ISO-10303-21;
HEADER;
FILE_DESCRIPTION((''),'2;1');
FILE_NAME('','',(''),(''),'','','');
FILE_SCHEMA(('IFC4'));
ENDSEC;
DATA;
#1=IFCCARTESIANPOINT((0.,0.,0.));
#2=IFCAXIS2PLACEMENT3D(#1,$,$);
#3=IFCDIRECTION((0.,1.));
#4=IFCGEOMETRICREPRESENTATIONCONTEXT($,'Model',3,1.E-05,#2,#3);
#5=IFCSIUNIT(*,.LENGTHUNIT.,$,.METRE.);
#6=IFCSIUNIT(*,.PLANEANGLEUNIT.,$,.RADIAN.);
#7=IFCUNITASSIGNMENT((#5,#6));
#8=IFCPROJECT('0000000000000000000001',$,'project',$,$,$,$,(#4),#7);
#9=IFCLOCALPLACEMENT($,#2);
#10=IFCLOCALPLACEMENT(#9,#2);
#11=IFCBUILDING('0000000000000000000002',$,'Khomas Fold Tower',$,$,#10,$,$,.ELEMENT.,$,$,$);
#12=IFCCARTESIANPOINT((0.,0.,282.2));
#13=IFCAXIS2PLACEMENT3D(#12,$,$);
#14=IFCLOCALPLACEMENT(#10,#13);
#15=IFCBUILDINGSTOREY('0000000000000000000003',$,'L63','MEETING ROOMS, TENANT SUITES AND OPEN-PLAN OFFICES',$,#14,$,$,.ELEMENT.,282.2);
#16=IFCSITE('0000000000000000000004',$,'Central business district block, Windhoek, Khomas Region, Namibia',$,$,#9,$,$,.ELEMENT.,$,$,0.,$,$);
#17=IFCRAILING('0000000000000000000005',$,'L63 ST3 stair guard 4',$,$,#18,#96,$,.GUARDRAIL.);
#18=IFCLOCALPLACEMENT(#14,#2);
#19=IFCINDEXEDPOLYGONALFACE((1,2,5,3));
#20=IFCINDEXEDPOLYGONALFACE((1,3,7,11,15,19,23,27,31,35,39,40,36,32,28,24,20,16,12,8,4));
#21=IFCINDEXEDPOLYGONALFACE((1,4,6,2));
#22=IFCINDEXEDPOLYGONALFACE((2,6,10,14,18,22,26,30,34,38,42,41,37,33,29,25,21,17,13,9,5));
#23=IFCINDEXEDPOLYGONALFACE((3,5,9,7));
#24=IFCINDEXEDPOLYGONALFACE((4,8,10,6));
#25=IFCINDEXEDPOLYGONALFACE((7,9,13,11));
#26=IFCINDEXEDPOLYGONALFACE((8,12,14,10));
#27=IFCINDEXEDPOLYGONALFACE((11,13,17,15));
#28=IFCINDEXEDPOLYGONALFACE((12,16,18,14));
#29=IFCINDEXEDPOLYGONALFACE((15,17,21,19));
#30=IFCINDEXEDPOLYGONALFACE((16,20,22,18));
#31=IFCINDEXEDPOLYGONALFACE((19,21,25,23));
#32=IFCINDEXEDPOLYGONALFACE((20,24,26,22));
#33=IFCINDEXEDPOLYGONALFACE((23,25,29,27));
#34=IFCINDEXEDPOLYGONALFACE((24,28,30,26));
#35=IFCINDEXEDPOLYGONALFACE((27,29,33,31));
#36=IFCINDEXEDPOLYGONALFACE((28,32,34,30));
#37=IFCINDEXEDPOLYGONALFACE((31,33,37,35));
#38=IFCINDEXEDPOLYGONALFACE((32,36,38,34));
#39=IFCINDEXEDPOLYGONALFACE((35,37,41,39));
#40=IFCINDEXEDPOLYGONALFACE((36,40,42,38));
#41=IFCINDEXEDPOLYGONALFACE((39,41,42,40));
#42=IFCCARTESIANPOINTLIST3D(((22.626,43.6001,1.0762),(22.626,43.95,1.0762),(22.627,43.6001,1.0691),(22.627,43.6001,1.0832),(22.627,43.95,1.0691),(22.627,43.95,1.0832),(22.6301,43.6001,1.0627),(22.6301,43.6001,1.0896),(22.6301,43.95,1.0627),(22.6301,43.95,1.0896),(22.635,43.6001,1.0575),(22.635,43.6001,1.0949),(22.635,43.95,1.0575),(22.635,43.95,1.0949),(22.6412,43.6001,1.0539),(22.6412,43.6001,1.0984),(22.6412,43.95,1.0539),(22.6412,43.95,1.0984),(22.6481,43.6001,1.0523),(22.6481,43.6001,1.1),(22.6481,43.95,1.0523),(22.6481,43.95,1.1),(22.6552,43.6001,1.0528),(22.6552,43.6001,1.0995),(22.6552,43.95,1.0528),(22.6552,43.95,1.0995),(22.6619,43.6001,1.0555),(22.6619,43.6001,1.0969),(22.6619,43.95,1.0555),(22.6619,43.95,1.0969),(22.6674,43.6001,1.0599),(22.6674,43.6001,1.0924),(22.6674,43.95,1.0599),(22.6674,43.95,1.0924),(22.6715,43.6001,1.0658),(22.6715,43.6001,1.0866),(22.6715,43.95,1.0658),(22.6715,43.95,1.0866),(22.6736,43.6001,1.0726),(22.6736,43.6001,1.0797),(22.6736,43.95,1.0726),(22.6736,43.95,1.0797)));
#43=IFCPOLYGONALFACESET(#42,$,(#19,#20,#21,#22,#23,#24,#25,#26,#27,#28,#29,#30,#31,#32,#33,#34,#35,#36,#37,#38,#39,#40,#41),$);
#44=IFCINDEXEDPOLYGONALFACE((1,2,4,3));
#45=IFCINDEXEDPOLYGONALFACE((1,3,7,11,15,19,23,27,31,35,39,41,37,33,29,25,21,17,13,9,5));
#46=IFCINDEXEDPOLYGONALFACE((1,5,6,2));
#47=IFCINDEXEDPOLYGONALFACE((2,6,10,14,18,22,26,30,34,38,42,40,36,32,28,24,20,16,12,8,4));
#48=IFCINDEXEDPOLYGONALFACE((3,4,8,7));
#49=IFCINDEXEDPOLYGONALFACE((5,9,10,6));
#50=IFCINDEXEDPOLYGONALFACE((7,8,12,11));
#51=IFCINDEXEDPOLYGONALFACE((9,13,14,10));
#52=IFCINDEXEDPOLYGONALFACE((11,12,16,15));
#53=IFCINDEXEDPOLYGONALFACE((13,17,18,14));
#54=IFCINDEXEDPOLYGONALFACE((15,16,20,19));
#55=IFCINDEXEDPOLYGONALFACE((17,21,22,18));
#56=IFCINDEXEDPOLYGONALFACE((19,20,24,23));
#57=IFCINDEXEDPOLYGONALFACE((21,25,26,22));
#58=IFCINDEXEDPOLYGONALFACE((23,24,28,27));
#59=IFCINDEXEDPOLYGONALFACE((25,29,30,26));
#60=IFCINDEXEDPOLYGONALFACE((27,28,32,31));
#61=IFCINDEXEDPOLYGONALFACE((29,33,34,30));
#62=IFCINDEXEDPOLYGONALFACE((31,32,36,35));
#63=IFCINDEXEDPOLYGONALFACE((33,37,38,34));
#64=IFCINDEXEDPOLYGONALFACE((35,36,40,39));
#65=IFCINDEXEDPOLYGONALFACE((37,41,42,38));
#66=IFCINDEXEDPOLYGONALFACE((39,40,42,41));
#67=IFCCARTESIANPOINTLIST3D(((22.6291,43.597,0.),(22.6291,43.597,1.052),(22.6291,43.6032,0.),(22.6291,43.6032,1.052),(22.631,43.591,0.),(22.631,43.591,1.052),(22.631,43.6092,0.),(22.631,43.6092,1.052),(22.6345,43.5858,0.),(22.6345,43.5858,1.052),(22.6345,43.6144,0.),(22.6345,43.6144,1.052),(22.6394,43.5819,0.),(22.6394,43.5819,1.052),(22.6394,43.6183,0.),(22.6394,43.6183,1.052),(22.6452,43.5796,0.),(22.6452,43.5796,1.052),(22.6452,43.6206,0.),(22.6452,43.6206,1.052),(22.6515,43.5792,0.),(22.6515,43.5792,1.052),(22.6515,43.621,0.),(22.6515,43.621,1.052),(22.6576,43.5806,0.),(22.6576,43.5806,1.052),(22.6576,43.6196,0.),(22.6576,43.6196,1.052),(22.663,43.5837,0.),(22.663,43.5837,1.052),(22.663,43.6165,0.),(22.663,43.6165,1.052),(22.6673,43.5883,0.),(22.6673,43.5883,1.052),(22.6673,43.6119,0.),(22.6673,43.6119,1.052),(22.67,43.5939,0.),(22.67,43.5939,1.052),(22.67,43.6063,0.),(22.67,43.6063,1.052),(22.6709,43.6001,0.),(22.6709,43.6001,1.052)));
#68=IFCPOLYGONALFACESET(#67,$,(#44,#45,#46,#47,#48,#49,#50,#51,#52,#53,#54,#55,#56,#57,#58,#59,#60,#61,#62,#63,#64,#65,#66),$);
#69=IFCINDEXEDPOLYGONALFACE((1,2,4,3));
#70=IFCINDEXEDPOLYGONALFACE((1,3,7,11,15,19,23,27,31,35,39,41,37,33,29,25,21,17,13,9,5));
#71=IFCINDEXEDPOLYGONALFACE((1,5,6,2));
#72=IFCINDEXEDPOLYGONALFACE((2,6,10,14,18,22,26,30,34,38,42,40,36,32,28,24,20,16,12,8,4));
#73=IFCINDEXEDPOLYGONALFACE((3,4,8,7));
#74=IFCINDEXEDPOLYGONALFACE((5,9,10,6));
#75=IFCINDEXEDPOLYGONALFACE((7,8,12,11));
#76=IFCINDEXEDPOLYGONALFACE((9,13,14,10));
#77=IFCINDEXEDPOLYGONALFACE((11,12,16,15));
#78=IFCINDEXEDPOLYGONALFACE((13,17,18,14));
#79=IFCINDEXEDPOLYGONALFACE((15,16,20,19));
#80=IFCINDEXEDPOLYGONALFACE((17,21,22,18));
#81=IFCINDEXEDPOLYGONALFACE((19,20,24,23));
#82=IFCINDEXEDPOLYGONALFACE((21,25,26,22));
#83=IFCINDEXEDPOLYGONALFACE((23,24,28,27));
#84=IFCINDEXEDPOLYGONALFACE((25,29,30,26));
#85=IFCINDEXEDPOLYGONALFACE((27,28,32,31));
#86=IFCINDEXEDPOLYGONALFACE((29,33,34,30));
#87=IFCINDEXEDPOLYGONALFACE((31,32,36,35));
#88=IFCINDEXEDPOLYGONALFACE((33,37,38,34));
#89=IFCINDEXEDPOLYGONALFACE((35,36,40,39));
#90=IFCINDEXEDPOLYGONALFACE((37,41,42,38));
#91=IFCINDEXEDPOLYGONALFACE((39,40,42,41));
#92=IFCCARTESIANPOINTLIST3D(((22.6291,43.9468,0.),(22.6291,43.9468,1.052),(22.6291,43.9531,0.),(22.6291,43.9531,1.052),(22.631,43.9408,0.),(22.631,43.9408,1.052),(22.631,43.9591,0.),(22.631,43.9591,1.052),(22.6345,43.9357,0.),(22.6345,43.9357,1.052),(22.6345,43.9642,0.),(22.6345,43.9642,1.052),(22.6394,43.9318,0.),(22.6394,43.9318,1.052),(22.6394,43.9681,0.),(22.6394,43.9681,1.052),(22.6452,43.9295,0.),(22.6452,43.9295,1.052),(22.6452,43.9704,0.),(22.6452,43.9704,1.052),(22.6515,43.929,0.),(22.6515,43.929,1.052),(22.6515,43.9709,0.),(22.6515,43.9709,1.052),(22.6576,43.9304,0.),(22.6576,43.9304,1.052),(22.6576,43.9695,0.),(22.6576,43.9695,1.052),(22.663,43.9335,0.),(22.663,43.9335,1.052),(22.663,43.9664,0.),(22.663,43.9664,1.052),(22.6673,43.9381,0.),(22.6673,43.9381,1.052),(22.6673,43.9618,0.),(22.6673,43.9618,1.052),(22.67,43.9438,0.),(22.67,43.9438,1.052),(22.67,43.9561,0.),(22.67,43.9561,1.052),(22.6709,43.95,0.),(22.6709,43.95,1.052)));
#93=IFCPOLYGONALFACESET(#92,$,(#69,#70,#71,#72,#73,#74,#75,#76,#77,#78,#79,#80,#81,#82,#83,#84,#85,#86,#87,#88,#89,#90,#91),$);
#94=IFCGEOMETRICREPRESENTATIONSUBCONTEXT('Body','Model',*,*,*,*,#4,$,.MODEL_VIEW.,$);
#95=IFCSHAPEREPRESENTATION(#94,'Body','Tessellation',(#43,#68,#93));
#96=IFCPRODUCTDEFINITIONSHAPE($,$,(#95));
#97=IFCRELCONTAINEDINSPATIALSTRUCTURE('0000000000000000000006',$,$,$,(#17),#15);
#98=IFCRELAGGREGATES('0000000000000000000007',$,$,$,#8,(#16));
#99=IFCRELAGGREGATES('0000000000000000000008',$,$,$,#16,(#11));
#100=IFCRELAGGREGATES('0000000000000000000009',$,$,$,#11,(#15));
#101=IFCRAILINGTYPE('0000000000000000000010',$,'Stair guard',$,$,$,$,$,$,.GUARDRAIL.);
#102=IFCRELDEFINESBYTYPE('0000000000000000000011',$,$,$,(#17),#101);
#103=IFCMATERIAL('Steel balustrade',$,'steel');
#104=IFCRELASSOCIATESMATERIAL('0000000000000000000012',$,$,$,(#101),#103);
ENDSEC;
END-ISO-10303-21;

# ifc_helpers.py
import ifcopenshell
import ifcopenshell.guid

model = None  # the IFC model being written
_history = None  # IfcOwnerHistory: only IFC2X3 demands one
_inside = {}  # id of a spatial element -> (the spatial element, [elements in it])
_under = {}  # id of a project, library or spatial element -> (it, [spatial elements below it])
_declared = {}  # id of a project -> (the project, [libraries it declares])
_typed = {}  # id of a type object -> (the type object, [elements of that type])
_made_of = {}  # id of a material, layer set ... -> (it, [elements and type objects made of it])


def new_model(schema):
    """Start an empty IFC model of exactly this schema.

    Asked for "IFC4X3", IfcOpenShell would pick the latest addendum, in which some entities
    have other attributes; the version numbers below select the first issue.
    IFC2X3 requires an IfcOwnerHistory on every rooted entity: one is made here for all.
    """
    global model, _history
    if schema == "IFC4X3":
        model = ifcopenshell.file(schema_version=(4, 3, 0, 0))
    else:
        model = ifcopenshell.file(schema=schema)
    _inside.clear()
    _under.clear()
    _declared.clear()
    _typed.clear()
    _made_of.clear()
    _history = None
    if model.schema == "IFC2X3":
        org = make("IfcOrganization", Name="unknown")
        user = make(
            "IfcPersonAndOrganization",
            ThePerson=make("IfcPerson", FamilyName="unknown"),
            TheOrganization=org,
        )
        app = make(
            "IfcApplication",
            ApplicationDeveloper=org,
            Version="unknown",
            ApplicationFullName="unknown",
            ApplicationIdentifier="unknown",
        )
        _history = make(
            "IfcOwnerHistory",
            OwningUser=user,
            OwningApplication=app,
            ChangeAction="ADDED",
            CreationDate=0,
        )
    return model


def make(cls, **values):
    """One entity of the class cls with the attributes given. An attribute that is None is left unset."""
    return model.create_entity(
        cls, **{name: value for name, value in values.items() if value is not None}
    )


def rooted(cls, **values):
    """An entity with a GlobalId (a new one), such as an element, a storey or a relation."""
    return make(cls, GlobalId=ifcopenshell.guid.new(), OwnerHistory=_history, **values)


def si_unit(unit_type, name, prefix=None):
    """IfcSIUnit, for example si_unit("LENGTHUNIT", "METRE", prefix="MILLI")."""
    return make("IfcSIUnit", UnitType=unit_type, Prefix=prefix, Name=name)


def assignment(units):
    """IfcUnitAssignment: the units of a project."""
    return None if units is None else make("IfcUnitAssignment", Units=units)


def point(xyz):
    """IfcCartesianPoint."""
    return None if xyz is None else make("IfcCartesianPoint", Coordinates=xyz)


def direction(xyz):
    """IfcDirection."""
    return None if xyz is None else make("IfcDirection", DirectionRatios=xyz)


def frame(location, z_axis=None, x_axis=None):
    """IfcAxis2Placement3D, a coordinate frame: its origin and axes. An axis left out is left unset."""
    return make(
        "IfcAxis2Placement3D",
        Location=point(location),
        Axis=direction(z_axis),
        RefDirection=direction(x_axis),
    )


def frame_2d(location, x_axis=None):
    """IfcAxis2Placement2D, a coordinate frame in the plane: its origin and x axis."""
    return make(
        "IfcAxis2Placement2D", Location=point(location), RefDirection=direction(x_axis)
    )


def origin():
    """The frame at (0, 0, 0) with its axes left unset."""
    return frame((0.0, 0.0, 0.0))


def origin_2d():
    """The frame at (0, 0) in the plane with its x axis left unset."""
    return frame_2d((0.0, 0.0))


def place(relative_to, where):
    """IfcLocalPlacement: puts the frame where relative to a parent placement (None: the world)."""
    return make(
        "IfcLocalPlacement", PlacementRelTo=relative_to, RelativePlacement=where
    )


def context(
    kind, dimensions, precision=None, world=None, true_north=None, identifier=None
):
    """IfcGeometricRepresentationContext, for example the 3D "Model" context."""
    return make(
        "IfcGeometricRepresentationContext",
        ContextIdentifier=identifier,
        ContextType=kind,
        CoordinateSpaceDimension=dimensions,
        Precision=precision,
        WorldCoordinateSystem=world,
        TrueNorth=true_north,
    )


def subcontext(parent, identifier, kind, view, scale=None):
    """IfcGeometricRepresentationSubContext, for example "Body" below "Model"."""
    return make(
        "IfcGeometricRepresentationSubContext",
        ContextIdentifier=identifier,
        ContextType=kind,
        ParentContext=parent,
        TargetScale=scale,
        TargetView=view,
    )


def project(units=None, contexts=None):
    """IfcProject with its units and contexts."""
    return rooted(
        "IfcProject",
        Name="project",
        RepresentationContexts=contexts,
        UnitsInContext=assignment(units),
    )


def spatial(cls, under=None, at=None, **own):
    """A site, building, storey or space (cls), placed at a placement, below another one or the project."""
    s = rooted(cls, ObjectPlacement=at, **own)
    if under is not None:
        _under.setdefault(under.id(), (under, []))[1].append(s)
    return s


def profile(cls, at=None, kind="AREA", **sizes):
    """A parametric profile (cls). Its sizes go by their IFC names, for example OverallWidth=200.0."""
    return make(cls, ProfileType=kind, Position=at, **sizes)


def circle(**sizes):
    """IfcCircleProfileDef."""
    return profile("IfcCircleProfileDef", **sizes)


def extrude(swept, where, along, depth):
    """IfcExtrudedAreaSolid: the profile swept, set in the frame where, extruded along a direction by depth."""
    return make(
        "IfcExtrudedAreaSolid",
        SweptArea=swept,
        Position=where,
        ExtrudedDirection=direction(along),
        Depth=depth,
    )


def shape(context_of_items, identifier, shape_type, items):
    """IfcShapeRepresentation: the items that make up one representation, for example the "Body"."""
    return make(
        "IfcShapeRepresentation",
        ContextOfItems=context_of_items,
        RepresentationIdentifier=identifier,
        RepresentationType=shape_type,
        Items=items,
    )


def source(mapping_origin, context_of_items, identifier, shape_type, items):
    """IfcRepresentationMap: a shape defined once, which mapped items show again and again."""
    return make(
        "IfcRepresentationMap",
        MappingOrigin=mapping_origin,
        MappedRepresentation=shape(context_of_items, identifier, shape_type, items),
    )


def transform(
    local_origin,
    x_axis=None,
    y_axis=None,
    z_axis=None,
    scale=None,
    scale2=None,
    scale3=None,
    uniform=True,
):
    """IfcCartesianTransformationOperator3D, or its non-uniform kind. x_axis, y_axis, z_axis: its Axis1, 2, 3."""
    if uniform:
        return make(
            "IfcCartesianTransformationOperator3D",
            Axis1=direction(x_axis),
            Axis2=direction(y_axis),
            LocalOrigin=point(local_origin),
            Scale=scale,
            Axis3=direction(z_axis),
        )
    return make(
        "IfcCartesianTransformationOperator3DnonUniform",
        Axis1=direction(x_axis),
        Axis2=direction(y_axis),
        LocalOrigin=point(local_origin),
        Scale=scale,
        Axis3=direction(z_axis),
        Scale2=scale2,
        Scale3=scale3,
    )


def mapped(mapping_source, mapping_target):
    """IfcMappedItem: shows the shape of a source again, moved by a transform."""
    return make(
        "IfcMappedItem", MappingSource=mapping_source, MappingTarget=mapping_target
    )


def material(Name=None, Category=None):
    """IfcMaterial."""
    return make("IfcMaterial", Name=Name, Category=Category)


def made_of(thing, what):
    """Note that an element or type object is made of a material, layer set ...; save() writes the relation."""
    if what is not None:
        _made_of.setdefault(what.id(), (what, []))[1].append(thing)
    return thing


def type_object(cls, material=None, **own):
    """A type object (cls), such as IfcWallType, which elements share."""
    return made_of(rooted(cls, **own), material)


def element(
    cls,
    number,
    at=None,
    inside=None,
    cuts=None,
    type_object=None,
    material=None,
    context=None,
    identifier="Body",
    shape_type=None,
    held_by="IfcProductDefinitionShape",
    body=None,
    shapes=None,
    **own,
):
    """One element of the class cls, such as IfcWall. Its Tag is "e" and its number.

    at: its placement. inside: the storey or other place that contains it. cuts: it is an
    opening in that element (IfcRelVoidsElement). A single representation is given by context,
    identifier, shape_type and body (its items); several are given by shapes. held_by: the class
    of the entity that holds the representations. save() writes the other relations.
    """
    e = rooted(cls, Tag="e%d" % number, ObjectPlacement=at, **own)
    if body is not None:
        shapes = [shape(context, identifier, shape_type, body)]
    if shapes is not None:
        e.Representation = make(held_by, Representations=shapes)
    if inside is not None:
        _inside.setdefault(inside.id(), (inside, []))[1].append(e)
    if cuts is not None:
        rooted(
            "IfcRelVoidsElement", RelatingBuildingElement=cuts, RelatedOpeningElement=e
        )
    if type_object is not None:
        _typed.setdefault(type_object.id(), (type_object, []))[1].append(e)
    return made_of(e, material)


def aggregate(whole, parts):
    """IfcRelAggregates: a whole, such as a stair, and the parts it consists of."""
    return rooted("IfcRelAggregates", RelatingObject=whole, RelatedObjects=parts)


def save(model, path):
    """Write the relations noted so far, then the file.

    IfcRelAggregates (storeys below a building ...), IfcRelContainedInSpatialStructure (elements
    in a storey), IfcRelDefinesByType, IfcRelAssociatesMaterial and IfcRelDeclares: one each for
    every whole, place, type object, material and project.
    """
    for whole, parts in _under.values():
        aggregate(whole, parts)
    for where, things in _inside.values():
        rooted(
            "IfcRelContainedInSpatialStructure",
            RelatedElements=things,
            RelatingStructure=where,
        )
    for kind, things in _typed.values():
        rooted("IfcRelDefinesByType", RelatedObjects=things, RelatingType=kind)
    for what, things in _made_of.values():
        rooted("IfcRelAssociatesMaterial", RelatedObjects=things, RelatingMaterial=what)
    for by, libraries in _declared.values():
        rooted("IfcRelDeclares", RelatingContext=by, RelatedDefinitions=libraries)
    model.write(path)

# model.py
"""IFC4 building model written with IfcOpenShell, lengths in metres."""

from ifc_helpers import new_model, si_unit, direction, frame, origin, origin_2d, place, context, subcontext, project, spatial, circle, extrude, source, transform, mapped, material, type_object, element, save


model = new_model("IFC4")

# Units and contexts
model_context = context("Model", 3, precision=1e-05, world=origin(), true_north=direction((0.0, 1.0)))
body_context = subcontext(model_context, "Body", "Model", "MODEL_VIEW")
ifc_project = project(units=[si_unit("LENGTHUNIT", "METRE"), si_unit("PLANEANGLEUNIT", "RADIAN")], contexts=[model_context])

# Site, building, storey
site_placement = place(None, origin())
site = spatial("IfcSite", under=ifc_project, at=site_placement, Name="Central business district block, Windhoek, Khomas Region, Namibia", CompositionType="ELEMENT", RefElevation=0.0)
building_placement = place(site_placement, origin())
building = spatial("IfcBuilding", under=site, at=building_placement, Name="Khomas Fold Tower", CompositionType="ELEMENT")
storey_placement = place(building_placement, frame((0.0, 0.0, 282.2)))
storey = spatial("IfcBuildingStorey", under=building, at=storey_placement, Name="L63", Description="MEETING ROOMS, TENANT SUITES AND OPEN-PLAN OFFICES", CompositionType="ELEMENT", Elevation=282.2)

# Railing
ifc_material_1 = material(Name="Steel balustrade", Category="steel")
railing_type_1 = type_object("IfcRailingType", Name="Stair guard", PredefinedType="GUARDRAIL", material=ifc_material_1)
shared_shape_1 = source(origin(), body_context, "Body", "SweptSolid", [
    extrude(circle(Radius=0.0239, at=origin_2d()), frame((0.0, 0.0, 1.0762), z_axis=(0.0, 1.0, 0.0), x_axis=(-1.0, 0.0, 0.0)), (0.0, 0.0, 1.0), 0.3499),
    extrude(circle(Radius=0.021, at=origin_2d()), origin(), (0.0, 0.0, 1.0), 1.052),
    extrude(circle(Radius=0.021, at=origin_2d()), frame((0.0, 0.3499, 0.0)), (0.0, 0.0, 1.0), 1.052),
])
for number, where, name in (
    (1, (22.6499, 43.6001, 0.0), "L63 ST3 stair guard 4"),
):
    element("IfcRailing", number, at=place(storey_placement, frame(where)), inside=storey, type_object=railing_type_1, Name=name, PredefinedType="GUARDRAIL", context=body_context, shape_type="MappedRepresentation", body=[
        mapped(shared_shape_1, transform((0.0, 0.0, 0.0))),
    ])

save(model, "model.ifc")
